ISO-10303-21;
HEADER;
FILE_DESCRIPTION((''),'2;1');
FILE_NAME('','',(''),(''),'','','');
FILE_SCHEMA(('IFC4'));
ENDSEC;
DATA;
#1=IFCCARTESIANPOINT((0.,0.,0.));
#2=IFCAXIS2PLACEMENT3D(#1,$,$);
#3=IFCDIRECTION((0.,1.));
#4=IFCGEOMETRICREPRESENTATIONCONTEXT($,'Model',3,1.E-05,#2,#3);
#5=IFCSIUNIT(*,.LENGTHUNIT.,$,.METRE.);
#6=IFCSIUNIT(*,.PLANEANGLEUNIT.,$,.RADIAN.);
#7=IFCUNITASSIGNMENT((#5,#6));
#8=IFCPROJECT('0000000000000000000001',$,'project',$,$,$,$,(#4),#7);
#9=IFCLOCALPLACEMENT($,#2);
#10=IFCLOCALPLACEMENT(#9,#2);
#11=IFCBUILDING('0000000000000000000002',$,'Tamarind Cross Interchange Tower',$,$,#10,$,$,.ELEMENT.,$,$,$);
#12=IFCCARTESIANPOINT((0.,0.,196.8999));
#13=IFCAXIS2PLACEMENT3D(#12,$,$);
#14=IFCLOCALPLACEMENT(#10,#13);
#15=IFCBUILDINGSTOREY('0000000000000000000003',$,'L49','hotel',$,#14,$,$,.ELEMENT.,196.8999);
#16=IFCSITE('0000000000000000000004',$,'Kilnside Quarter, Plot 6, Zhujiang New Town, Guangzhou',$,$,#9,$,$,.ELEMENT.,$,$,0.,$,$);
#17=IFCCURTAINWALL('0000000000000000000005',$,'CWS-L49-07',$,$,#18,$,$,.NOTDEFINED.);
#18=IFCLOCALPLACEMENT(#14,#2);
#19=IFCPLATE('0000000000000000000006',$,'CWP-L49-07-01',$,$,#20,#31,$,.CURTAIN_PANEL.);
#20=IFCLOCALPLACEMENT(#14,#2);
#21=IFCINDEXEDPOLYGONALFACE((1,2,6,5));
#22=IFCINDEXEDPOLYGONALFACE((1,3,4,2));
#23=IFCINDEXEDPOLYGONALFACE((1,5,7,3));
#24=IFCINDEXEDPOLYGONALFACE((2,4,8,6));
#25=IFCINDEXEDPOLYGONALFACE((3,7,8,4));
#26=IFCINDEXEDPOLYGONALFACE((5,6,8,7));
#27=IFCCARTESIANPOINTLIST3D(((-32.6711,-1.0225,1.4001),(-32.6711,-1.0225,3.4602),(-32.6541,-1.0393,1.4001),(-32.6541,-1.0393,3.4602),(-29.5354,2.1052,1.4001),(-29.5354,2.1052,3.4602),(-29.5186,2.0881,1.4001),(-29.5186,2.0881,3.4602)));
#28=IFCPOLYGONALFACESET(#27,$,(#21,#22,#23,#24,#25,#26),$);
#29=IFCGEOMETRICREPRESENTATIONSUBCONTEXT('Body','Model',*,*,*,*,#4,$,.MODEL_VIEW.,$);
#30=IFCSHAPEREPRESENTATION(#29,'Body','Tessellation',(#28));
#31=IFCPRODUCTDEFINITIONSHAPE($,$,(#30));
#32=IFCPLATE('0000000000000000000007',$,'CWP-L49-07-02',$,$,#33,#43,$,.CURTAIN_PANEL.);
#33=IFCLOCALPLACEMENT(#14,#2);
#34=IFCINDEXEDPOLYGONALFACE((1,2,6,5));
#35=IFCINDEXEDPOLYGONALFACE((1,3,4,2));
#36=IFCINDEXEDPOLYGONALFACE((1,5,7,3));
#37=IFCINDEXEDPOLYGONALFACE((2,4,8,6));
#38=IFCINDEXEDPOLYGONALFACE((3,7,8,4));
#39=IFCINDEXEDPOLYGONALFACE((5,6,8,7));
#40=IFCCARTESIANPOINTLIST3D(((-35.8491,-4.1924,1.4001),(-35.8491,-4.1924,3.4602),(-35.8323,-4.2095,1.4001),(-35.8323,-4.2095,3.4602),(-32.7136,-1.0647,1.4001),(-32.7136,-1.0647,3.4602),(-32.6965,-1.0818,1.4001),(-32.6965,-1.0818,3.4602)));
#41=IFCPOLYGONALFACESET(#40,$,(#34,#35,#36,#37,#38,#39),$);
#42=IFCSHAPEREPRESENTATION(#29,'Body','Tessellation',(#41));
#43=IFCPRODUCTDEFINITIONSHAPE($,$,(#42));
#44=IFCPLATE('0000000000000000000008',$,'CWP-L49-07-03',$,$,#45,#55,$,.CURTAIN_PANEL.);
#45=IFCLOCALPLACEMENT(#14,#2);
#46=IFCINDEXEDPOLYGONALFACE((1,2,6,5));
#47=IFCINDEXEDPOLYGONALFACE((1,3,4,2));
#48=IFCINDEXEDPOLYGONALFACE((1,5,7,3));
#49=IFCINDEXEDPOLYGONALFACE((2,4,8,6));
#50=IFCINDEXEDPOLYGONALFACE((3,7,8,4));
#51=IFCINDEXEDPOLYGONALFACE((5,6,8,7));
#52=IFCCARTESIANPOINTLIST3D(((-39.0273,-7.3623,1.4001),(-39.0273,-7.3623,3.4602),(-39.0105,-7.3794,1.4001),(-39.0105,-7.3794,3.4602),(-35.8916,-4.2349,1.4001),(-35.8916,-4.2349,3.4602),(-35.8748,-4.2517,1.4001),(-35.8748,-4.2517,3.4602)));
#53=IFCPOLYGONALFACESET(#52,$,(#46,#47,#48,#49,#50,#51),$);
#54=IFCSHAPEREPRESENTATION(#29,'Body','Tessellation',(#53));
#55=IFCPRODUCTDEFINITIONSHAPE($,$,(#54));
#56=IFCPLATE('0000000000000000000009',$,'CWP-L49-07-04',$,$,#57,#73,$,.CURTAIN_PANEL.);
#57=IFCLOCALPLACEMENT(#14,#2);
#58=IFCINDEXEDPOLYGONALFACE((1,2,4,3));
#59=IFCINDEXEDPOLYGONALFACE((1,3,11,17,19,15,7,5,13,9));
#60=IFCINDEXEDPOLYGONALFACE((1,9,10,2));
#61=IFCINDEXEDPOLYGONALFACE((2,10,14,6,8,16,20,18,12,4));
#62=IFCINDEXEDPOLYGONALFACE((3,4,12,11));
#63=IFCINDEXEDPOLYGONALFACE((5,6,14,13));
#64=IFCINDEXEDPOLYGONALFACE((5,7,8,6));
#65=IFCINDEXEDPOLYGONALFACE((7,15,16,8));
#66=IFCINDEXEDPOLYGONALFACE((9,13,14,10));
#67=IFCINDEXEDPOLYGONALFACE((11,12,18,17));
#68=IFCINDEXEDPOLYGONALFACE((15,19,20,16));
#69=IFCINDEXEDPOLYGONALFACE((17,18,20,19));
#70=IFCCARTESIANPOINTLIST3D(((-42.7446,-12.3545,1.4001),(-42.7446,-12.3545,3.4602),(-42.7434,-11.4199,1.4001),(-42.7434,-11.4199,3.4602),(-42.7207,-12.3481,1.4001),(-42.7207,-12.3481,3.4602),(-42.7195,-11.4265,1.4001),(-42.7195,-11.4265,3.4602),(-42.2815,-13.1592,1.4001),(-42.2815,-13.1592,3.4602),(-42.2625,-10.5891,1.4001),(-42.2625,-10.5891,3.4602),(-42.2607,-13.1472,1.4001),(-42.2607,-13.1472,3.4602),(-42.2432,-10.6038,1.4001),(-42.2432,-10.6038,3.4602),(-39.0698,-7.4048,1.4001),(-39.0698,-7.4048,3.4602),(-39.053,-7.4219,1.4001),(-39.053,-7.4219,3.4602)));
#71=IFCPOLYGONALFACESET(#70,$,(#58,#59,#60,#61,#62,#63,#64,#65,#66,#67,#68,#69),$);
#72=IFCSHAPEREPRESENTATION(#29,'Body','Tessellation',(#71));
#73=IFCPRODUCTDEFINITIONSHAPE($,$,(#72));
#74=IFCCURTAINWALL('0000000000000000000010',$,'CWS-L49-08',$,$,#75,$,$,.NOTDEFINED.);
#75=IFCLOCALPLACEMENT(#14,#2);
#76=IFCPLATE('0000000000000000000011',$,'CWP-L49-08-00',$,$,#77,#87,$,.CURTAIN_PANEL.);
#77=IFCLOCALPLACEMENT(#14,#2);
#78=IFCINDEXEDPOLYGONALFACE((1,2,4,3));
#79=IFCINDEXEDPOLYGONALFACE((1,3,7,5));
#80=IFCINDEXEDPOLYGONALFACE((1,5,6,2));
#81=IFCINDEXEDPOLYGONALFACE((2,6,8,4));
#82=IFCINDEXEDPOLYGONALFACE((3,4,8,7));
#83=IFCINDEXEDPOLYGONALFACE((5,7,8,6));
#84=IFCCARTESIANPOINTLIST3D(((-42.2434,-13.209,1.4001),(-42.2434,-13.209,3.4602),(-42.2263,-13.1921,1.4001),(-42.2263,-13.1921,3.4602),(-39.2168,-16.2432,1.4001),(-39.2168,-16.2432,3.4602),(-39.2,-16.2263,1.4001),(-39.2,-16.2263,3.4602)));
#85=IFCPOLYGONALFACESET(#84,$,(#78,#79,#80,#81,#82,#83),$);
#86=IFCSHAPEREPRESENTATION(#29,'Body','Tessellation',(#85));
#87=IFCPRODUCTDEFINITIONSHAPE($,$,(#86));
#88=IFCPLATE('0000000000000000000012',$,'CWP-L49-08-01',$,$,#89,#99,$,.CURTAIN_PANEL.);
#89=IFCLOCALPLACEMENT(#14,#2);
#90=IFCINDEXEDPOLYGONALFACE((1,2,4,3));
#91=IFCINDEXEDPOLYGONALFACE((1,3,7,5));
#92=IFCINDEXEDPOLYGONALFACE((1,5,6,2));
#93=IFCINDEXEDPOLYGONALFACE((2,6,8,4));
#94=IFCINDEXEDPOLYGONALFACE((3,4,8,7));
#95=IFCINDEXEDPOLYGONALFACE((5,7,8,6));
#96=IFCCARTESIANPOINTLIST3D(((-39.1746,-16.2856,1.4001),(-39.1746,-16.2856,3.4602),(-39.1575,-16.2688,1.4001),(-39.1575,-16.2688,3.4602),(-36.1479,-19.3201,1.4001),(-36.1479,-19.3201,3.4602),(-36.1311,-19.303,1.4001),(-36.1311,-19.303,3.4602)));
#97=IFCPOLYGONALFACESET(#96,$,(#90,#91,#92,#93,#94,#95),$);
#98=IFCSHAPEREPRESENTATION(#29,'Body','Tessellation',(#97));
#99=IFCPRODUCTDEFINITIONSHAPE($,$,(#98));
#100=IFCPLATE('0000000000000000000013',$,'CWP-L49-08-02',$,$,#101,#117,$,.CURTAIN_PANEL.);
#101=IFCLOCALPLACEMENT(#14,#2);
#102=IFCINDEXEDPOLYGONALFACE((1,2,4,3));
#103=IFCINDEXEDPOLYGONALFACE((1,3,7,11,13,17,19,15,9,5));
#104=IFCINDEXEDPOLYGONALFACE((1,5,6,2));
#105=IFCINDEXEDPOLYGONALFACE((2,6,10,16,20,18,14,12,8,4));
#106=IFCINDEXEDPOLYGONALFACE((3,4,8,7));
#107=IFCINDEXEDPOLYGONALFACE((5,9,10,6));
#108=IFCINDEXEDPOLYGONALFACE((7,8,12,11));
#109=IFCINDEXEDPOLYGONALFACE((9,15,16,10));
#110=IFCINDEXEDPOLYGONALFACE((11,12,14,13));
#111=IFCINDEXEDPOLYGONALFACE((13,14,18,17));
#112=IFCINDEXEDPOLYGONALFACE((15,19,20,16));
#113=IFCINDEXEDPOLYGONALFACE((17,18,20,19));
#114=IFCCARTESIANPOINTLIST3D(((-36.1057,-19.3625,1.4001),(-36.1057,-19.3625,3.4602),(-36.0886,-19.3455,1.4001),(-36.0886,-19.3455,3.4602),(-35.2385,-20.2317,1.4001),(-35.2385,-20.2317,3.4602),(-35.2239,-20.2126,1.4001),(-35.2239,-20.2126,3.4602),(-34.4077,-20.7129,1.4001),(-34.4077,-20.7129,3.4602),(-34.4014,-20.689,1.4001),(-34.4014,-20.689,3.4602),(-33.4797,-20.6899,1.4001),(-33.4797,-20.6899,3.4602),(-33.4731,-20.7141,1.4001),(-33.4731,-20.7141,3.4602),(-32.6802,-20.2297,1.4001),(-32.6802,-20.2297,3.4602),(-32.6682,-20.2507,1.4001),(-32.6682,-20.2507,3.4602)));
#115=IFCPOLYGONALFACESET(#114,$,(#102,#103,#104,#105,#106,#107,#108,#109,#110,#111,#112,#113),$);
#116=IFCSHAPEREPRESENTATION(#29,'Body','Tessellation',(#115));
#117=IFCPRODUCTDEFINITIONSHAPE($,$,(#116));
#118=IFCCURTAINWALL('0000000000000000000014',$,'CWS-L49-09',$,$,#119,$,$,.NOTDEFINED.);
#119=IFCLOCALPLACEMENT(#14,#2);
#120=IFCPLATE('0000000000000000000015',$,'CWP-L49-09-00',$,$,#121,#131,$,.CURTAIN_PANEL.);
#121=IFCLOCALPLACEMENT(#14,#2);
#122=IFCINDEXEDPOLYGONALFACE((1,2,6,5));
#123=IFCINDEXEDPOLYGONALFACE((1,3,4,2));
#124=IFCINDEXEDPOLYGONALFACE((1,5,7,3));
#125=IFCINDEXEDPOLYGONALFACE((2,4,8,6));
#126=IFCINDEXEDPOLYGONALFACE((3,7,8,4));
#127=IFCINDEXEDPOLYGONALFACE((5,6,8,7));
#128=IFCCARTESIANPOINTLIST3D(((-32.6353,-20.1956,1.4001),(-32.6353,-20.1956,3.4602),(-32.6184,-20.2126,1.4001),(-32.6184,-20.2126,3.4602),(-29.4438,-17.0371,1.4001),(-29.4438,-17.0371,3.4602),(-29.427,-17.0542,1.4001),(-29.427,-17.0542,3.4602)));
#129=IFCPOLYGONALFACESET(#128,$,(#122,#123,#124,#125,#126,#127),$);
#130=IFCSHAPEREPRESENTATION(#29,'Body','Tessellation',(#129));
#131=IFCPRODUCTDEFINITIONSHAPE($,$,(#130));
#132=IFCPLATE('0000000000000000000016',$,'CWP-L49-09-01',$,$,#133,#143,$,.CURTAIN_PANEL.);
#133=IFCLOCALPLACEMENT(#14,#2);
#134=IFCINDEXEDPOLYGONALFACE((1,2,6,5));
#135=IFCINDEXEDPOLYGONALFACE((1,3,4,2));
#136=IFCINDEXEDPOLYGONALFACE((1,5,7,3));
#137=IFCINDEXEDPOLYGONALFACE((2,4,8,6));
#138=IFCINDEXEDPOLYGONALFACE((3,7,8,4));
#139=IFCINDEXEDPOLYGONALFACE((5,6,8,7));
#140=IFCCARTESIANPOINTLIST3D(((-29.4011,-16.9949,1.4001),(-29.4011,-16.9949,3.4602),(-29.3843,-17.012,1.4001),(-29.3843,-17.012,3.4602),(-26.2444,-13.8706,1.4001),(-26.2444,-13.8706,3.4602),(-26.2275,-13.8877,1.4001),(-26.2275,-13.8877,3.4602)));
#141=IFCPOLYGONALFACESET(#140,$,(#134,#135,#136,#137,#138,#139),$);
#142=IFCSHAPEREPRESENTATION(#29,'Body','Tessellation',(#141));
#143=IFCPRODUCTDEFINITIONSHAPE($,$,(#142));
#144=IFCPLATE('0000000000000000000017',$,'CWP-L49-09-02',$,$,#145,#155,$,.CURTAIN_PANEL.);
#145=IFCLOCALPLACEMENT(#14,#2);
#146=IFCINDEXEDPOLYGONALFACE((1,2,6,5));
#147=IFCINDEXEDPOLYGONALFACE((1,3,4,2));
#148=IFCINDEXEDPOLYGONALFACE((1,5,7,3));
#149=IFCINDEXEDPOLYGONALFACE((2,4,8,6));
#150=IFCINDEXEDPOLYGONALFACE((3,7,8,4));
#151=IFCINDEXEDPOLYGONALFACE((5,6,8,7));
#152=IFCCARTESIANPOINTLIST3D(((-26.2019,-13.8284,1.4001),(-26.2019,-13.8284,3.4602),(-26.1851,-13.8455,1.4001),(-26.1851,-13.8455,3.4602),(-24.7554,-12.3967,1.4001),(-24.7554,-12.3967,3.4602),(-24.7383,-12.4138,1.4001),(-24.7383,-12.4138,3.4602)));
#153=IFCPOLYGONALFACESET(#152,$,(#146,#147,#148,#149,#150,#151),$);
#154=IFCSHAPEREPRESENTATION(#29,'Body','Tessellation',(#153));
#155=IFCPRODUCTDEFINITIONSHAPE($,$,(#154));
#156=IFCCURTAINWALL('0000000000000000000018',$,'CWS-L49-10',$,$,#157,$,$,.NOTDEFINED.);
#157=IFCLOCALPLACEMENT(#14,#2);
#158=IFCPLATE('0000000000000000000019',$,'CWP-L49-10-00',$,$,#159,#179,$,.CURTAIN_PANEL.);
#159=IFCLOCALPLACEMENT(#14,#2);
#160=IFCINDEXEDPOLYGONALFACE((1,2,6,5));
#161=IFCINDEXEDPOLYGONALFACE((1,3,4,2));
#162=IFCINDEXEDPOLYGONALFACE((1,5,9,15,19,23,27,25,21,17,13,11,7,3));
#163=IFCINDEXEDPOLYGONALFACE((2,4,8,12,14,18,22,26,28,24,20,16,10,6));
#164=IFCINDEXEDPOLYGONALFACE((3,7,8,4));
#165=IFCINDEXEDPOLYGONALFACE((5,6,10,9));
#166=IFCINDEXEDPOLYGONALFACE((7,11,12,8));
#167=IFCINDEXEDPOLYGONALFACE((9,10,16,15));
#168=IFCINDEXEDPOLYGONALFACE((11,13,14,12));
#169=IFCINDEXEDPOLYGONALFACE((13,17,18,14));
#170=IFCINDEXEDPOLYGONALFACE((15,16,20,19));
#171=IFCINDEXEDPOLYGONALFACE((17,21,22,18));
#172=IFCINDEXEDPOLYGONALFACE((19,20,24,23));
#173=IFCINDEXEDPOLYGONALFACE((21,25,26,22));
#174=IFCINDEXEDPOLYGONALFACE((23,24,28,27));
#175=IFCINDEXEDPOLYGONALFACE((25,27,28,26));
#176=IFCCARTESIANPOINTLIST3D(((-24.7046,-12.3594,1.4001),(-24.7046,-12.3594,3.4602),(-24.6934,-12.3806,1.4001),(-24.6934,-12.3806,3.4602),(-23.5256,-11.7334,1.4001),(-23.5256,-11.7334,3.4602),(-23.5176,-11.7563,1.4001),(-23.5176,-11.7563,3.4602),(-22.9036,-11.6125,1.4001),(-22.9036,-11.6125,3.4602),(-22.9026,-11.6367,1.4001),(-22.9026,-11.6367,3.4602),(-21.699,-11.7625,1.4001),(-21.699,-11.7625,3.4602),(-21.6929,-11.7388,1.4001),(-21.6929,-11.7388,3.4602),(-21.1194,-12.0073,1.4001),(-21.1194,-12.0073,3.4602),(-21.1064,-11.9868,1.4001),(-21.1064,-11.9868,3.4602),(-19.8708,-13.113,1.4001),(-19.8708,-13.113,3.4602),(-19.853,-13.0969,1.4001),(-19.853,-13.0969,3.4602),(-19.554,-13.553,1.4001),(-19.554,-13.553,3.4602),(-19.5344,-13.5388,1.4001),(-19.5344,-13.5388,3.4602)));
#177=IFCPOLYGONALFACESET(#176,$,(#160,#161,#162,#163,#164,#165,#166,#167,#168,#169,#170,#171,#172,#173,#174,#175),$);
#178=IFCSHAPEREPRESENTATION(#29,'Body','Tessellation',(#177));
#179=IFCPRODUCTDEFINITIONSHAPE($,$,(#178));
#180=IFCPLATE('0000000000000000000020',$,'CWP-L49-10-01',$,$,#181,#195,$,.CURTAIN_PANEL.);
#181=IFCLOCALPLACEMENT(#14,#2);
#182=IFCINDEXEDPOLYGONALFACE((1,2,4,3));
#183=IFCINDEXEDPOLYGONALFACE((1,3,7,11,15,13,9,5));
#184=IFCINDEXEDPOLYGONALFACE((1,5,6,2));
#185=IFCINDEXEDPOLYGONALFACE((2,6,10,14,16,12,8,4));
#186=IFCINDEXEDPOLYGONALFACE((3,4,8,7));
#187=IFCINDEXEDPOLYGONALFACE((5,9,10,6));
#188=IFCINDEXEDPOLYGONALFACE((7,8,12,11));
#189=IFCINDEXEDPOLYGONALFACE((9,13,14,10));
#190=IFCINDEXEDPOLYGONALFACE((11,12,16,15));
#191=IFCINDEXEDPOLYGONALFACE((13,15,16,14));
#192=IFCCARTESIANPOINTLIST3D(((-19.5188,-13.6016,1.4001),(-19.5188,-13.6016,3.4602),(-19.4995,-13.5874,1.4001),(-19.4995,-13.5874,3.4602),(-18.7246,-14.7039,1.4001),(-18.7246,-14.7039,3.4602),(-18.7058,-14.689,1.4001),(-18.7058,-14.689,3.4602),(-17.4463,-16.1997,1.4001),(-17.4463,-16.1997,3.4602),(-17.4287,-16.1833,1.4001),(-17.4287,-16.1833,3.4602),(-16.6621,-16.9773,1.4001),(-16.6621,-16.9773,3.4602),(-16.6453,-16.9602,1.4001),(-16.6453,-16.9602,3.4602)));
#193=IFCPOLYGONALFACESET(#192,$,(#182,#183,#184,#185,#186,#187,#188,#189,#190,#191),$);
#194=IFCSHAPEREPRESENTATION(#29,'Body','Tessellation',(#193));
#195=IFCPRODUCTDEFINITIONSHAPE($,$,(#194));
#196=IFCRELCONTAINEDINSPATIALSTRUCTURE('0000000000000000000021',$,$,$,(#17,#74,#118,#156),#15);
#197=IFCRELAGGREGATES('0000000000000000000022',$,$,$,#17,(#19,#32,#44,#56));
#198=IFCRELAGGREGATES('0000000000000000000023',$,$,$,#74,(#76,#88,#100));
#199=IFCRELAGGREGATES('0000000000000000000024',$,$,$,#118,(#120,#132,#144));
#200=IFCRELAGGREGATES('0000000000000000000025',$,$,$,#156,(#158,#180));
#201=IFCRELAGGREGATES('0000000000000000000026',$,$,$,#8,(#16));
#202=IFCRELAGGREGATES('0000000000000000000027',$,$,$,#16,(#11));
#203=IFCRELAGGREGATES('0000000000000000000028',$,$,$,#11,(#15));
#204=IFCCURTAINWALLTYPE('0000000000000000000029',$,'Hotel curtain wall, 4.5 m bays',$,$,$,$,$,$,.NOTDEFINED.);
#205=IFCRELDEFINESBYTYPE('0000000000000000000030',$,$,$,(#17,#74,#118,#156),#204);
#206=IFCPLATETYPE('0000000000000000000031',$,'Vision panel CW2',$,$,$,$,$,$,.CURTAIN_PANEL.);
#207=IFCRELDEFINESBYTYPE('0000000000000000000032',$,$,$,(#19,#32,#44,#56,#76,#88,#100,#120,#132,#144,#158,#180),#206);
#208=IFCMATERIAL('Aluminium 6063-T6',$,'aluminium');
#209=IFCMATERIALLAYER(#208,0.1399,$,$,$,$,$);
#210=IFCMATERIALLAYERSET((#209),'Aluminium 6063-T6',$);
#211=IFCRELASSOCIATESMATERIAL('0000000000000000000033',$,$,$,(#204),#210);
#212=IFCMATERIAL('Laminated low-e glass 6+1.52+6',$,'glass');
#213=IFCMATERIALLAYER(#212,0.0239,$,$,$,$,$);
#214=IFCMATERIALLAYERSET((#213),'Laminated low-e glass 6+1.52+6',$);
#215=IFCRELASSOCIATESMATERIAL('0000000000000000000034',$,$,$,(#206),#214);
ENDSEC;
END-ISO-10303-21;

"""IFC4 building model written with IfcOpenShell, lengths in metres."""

from ifc_helpers import new_model, si_unit, direction, frame, origin, place, context, subcontext, project, spatial, polyline, outline, extrude, material, layer, layer_set, type_object, element, aggregate, save


model = new_model("IFC4")

# Units and contexts
model_context = context("Model", 3, precision=1e-05, world=origin(), true_north=direction((0.0, 1.0)))
body_context = subcontext(model_context, "Body", "Model", "MODEL_VIEW")
ifc_project = project(units=[si_unit("LENGTHUNIT", "METRE"), si_unit("PLANEANGLEUNIT", "RADIAN")], contexts=[model_context])

# Site, building, storey
site_placement = place(None, origin())
site = spatial("IfcSite", under=ifc_project, at=site_placement, Name="Kilnside Quarter, Plot 6, Zhujiang New Town, Guangzhou", CompositionType="ELEMENT", RefElevation=0.0)
building_placement = place(site_placement, origin())
building = spatial("IfcBuilding", under=site, at=building_placement, Name="Tamarind Cross Interchange Tower", CompositionType="ELEMENT")
storey_placement = place(building_placement, frame((0.0, 0.0, 196.8999)))
storey = spatial("IfcBuildingStorey", under=building, at=storey_placement, Name="L49", Description="hotel", CompositionType="ELEMENT", Elevation=196.8999)

# Curtain walls, plates
ifc_material_1 = material(Name="Aluminium 6063-T6", Category="aluminium")
ifc_layer_1 = layer(ifc_material_1, 0.1399)
ifc_layer_set_1 = layer_set([ifc_layer_1], Name="Aluminium 6063-T6")
curtain_wall_type = type_object("IfcCurtainWallType", Name="Hotel curtain wall, 4.5 m bays", PredefinedType="NOTDEFINED", material=ifc_layer_set_1)
ifc_material_2 = material(Name="Laminated low-e glass 6+1.52+6", Category="glass")
ifc_layer_2 = layer(ifc_material_2, 0.0239)
ifc_layer_set_2 = layer_set([ifc_layer_2], Name="Laminated low-e glass 6+1.52+6")
plate_type = type_object("IfcPlateType", Name="Vision panel CW2", PredefinedType="CURTAIN_PANEL", material=ifc_layer_set_2)
curtain_wall_1_placement = place(storey_placement, origin())
curtain_wall_1 = element("IfcCurtainWall", 1, at=curtain_wall_1_placement, inside=storey, type_object=curtain_wall_type, Name="CWS-L49-07", PredefinedType="NOTDEFINED")
plate_1_placement = place(storey_placement, frame((0.0, 0.0, 1.4001)))
plate_1 = element("IfcPlate", 2, at=plate_1_placement, type_object=plate_type, Name="CWP-L49-07-01", PredefinedType="CURTAIN_PANEL", context=body_context, shape_type="SweptSolid", body=[
    extrude(outline(polyline([(-29.5186, 2.0881), (-32.6541, -1.0393), (-32.6711, -1.0225), (-29.5354, 2.1052), (-29.5186, 2.0881)])), origin(), (0.0, 0.0, 1.0), 2.0601),
])
plate_2_placement = place(storey_placement, frame((0.0, 0.0, 1.4001)))
plate_2 = element("IfcPlate", 3, at=plate_2_placement, type_object=plate_type, Name="CWP-L49-07-02", PredefinedType="CURTAIN_PANEL", context=body_context, shape_type="SweptSolid", body=[
    extrude(outline(polyline([(-32.6965, -1.0818), (-35.8323, -4.2095), (-35.8491, -4.1924), (-32.7136, -1.0647), (-32.6965, -1.0818)])), origin(), (0.0, 0.0, 1.0), 2.0601),
])
plate_3_placement = place(storey_placement, frame((0.0, 0.0, 1.4001)))
plate_3 = element("IfcPlate", 4, at=plate_3_placement, type_object=plate_type, Name="CWP-L49-07-03", PredefinedType="CURTAIN_PANEL", context=body_context, shape_type="SweptSolid", body=[
    extrude(outline(polyline([(-35.8748, -4.2517), (-39.0105, -7.3794), (-39.0273, -7.3623), (-35.8916, -4.2349), (-35.8748, -4.2517)])), origin(), (0.0, 0.0, 1.0), 2.0601),
])
plate_4_placement = place(storey_placement, frame((0.0, 0.0, 1.4001)))
plate_4 = element("IfcPlate", 5, at=plate_4_placement, type_object=plate_type, Name="CWP-L49-07-04", PredefinedType="CURTAIN_PANEL", context=body_context, shape_type="SweptSolid", body=[
    extrude(outline(polyline([(-39.053, -7.4219), (-42.2432, -10.6038), (-42.7195, -11.4265), (-42.7207, -12.3481), (-42.2607, -13.1472), (-42.2815, -13.1592), (-42.7446, -12.3545), (-42.7434, -11.4199), (-42.2625, -10.5891), (-39.0698, -7.4048), (-39.053, -7.4219)])), origin(), (0.0, 0.0, 1.0), 2.0601),
])
aggregate(curtain_wall_1, [plate_1, plate_2, plate_3, plate_4])
curtain_wall_2_placement = place(storey_placement, origin())
curtain_wall_2 = element("IfcCurtainWall", 6, at=curtain_wall_2_placement, inside=storey, type_object=curtain_wall_type, Name="CWS-L49-08", PredefinedType="NOTDEFINED")
plate_5_placement = place(storey_placement, frame((0.0, 0.0, 1.4001)))
plate_5 = element("IfcPlate", 7, at=plate_5_placement, type_object=plate_type, Name="CWP-L49-08-00", PredefinedType="CURTAIN_PANEL", context=body_context, shape_type="SweptSolid", body=[
    extrude(outline(polyline([(-42.2263, -13.1921), (-39.2, -16.2263), (-39.2168, -16.2432), (-42.2434, -13.209), (-42.2263, -13.1921)])), origin(), (0.0, 0.0, 1.0), 2.0601),
])
plate_6_placement = place(storey_placement, frame((0.0, 0.0, 1.4001)))
plate_6 = element("IfcPlate", 8, at=plate_6_placement, type_object=plate_type, Name="CWP-L49-08-01", PredefinedType="CURTAIN_PANEL", context=body_context, shape_type="SweptSolid", body=[
    extrude(outline(polyline([(-39.1575, -16.2688), (-36.1311, -19.303), (-36.1479, -19.3201), (-39.1746, -16.2856), (-39.1575, -16.2688)])), origin(), (0.0, 0.0, 1.0), 2.0601),
])
plate_7_placement = place(storey_placement, frame((0.0, 0.0, 1.4001)))
plate_7 = element("IfcPlate", 9, at=plate_7_placement, type_object=plate_type, Name="CWP-L49-08-02", PredefinedType="CURTAIN_PANEL", context=body_context, shape_type="SweptSolid", body=[
    extrude(outline(polyline([(-36.0886, -19.3455), (-35.2239, -20.2126), (-34.4014, -20.689), (-33.4797, -20.6899), (-32.6802, -20.2297), (-32.6682, -20.2507), (-33.4731, -20.7141), (-34.4077, -20.7129), (-35.2385, -20.2317), (-36.1057, -19.3625), (-36.0886, -19.3455)])), origin(), (0.0, 0.0, 1.0), 2.0601),
])
aggregate(curtain_wall_2, [plate_5, plate_6, plate_7])
curtain_wall_3_placement = place(storey_placement, origin())
curtain_wall_3 = element("IfcCurtainWall", 10, at=curtain_wall_3_placement, inside=storey, type_object=curtain_wall_type, Name="CWS-L49-09", PredefinedType="NOTDEFINED")
plate_8_placement = place(storey_placement, frame((0.0, 0.0, 1.4001)))
plate_8 = element("IfcPlate", 11, at=plate_8_placement, type_object=plate_type, Name="CWP-L49-09-00", PredefinedType="CURTAIN_PANEL", context=body_context, shape_type="SweptSolid", body=[
    extrude(outline(polyline([(-32.6353, -20.1956), (-29.4438, -17.0371), (-29.427, -17.0542), (-32.6184, -20.2126), (-32.6353, -20.1956)])), origin(), (0.0, 0.0, 1.0), 2.0601),
])
plate_9_placement = place(storey_placement, frame((0.0, 0.0, 1.4001)))
plate_9 = element("IfcPlate", 12, at=plate_9_placement, type_object=plate_type, Name="CWP-L49-09-01", PredefinedType="CURTAIN_PANEL", context=body_context, shape_type="SweptSolid", body=[
    extrude(outline(polyline([(-29.4011, -16.9949), (-26.2444, -13.8706), (-26.2275, -13.8877), (-29.3843, -17.012), (-29.4011, -16.9949)])), origin(), (0.0, 0.0, 1.0), 2.0601),
])
plate_10_placement = place(storey_placement, frame((0.0, 0.0, 1.4001)))
plate_10 = element("IfcPlate", 13, at=plate_10_placement, type_object=plate_type, Name="CWP-L49-09-02", PredefinedType="CURTAIN_PANEL", context=body_context, shape_type="SweptSolid", body=[
    extrude(outline(polyline([(-26.2019, -13.8284), (-24.7554, -12.3967), (-24.7383, -12.4138), (-26.1851, -13.8455), (-26.2019, -13.8284)])), origin(), (0.0, 0.0, 1.0), 2.0601),
])
aggregate(curtain_wall_3, [plate_8, plate_9, plate_10])
curtain_wall_4_placement = place(storey_placement, origin())
curtain_wall_4 = element("IfcCurtainWall", 14, at=curtain_wall_4_placement, inside=storey, type_object=curtain_wall_type, Name="CWS-L49-10", PredefinedType="NOTDEFINED")
plate_11_placement = place(storey_placement, frame((0.0, 0.0, 1.4001)))
plate_11 = element("IfcPlate", 15, at=plate_11_placement, type_object=plate_type, Name="CWP-L49-10-00", PredefinedType="CURTAIN_PANEL", context=body_context, shape_type="SweptSolid", body=[
    extrude(outline(polyline([(-24.7046, -12.3594), (-23.5256, -11.7334), (-22.9036, -11.6125), (-21.6929, -11.7388), (-21.1064, -11.9868), (-19.853, -13.0969), (-19.5344, -13.5388), (-19.554, -13.553), (-19.8708, -13.113), (-21.1194, -12.0073), (-21.699, -11.7625), (-22.9026, -11.6367), (-23.5176, -11.7563), (-24.6934, -12.3806), (-24.7046, -12.3594)])), origin(), (0.0, 0.0, 1.0), 2.0601),
])
plate_12_placement = place(storey_placement, frame((0.0, 0.0, 1.4001)))
plate_12 = element("IfcPlate", 16, at=plate_12_placement, type_object=plate_type, Name="CWP-L49-10-01", PredefinedType="CURTAIN_PANEL", context=body_context, shape_type="SweptSolid", body=[
    extrude(outline(polyline([(-19.4995, -13.5874), (-18.7058, -14.689), (-17.4287, -16.1833), (-16.6453, -16.9602), (-16.6621, -16.9773), (-17.4463, -16.1997), (-18.7246, -14.7039), (-19.5188, -13.6016), (-19.4995, -13.5874)])), origin(), (0.0, 0.0, 1.0), 2.0601),
])
aggregate(curtain_wall_4, [plate_11, plate_12])

save(model, "model.ifc")
